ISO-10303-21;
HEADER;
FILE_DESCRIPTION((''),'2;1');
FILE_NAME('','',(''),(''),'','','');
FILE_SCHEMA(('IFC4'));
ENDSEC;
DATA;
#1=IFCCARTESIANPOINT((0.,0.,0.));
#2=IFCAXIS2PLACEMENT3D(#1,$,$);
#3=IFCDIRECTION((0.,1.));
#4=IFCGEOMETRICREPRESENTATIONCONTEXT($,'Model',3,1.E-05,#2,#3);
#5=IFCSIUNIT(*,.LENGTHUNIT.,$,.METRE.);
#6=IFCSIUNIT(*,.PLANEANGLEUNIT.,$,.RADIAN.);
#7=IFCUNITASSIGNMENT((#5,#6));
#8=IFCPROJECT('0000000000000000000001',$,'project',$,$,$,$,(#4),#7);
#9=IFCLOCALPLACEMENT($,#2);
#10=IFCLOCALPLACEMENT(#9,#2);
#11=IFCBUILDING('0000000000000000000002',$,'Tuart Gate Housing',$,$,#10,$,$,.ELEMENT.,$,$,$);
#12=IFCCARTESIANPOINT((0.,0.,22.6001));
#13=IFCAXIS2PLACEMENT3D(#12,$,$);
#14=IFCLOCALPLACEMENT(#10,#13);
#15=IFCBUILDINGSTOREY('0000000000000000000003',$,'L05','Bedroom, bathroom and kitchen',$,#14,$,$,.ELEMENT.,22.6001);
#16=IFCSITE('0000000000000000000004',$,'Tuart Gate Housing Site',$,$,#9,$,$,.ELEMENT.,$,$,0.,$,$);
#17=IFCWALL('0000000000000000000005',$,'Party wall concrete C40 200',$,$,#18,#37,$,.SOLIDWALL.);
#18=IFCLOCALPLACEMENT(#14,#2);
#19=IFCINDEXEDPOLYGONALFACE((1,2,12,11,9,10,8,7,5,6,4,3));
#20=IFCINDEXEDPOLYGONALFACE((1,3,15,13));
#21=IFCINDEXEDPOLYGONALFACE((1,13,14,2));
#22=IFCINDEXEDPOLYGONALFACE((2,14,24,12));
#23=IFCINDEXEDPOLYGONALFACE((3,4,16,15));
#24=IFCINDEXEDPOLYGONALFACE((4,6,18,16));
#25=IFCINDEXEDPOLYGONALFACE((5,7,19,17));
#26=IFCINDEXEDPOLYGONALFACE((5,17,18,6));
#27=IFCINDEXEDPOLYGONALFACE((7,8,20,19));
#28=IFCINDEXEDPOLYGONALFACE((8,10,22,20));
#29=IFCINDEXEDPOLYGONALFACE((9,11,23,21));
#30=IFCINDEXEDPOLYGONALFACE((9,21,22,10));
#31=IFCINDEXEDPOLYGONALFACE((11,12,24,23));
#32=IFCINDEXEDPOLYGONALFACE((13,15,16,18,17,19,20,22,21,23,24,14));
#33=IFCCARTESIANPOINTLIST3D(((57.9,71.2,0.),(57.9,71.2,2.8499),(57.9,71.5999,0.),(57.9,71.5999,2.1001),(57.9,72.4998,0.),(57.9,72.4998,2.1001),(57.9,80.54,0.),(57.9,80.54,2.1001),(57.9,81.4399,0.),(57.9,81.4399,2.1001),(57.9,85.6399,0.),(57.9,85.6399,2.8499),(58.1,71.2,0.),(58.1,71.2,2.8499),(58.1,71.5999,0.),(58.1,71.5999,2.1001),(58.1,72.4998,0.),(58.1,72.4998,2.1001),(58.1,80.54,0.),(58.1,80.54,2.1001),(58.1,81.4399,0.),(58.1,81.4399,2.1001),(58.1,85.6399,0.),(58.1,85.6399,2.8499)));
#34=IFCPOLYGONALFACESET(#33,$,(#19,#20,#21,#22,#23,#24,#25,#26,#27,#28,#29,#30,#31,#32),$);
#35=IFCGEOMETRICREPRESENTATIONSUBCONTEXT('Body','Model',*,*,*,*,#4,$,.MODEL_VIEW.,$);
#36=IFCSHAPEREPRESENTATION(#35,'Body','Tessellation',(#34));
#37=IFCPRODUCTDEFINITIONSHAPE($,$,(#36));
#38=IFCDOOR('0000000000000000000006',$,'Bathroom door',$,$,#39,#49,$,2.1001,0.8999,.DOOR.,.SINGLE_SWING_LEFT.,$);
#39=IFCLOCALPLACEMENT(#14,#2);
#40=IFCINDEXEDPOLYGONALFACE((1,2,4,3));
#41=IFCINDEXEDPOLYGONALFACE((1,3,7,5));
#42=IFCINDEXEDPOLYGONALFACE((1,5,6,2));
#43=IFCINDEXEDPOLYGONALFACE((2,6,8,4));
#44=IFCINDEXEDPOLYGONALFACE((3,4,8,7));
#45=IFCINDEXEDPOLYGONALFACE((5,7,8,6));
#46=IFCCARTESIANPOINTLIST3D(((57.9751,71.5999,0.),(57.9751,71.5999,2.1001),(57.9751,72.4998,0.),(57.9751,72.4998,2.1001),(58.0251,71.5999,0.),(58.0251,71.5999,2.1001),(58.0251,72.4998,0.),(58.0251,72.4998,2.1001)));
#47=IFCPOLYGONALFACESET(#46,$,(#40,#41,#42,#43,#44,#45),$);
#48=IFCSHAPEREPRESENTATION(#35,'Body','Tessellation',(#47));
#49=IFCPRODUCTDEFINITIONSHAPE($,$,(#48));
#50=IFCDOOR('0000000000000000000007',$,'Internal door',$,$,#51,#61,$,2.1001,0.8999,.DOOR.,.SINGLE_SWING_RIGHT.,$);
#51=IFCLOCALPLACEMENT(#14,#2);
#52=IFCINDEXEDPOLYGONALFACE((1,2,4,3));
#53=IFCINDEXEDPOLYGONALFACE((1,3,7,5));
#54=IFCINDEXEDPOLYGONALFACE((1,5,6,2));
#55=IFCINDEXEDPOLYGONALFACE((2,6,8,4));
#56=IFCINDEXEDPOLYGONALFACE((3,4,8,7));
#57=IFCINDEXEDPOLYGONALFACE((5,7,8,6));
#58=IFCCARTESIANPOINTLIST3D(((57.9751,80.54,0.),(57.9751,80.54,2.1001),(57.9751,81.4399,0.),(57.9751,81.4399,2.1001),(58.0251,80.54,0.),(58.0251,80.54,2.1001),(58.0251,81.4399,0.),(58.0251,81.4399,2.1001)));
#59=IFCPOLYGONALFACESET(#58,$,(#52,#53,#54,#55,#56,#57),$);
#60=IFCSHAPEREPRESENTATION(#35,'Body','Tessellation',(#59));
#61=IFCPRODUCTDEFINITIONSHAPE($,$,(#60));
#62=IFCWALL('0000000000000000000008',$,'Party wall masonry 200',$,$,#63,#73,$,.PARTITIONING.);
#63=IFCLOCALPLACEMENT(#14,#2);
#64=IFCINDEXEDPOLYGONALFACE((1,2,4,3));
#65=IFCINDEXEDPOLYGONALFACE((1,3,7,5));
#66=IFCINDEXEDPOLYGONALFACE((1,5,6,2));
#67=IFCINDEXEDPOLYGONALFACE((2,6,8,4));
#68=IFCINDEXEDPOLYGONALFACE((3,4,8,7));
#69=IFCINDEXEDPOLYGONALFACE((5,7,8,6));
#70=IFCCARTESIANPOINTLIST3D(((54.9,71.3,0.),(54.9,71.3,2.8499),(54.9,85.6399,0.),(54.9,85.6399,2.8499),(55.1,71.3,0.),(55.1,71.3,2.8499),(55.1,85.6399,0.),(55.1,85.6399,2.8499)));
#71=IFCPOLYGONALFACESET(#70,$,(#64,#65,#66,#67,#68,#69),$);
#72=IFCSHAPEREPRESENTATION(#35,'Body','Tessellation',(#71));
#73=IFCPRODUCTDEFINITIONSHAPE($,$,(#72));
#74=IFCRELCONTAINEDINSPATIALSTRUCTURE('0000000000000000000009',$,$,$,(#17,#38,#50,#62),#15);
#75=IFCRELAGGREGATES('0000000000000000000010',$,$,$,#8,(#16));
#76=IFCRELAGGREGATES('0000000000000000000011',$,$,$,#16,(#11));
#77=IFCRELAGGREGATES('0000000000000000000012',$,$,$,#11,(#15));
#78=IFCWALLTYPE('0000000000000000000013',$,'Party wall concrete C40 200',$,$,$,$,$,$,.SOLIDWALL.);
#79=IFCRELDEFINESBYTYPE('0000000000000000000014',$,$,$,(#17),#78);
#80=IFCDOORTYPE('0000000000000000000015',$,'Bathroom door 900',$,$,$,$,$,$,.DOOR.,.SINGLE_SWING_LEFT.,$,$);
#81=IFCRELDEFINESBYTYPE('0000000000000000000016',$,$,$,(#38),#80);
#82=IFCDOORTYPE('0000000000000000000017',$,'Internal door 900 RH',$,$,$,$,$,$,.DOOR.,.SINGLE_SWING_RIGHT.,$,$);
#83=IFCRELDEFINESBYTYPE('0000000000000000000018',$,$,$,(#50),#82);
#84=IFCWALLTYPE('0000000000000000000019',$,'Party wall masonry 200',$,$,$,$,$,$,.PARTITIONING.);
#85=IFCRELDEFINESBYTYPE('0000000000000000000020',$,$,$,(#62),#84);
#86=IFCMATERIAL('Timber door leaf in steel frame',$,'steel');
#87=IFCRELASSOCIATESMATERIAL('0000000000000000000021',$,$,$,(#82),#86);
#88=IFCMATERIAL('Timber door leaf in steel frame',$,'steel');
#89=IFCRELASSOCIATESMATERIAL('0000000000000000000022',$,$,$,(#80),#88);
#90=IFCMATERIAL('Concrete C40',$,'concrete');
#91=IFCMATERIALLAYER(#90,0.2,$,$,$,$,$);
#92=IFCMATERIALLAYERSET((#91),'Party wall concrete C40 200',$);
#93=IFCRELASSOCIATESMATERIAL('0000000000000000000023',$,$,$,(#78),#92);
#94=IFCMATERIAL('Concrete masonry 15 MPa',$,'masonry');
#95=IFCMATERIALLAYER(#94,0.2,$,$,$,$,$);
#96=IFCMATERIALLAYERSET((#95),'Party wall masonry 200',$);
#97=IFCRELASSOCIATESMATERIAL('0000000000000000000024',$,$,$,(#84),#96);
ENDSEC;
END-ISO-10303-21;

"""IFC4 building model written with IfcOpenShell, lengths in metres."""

from ifc_helpers import new_model, si_unit, direction, frame, frame_2d, origin, place, context, subcontext, project, spatial, rectangle, extrude, material, layer, layer_set, type_object, element, fill, save


model = new_model("IFC4")

# Units and contexts
model_context = context("Model", 3, precision=1e-05, world=origin(), true_north=direction((0.0, 1.0)))
body_context = subcontext(model_context, "Body", "Model", "MODEL_VIEW")
ifc_project = project(units=[si_unit("LENGTHUNIT", "METRE"), si_unit("PLANEANGLEUNIT", "RADIAN")], contexts=[model_context])

# Site, building, storey
site_placement = place(None, origin())
site = spatial("IfcSite", under=ifc_project, at=site_placement, Name="Tuart Gate Housing Site", CompositionType="ELEMENT", RefElevation=0.0)
building_placement = place(site_placement, origin())
building = spatial("IfcBuilding", under=site, at=building_placement, Name="Tuart Gate Housing", CompositionType="ELEMENT")
storey_placement = place(building_placement, frame((0.0, 0.0, 22.6001)))
storey = spatial("IfcBuildingStorey", under=building, at=storey_placement, Name="L05", Description="Bedroom, bathroom and kitchen", CompositionType="ELEMENT", Elevation=22.6001)

# Shared definitions
ifc_material_1 = material(Name="Timber door leaf in steel frame", Category="steel")
door_type_1 = type_object("IfcDoorType", Name="Internal door 900 RH", OperationType="SINGLE_SWING_RIGHT", PredefinedType="DOOR", material=ifc_material_1)

# Shared definitions
ifc_material_2 = material(Name="Timber door leaf in steel frame", Category="steel")
door_type_2 = type_object("IfcDoorType", Name="Bathroom door 900", OperationType="SINGLE_SWING_LEFT", PredefinedType="DOOR", material=ifc_material_2)

# Shared definitions
ifc_material_3 = material(Name="Concrete C40", Category="concrete")
ifc_layer_1 = layer(ifc_material_3, 0.2)
ifc_layer_set_1 = layer_set([ifc_layer_1], Name="Party wall concrete C40 200")
wall_type_1 = type_object("IfcWallType", Name="Party wall concrete C40 200", PredefinedType="SOLIDWALL", material=ifc_layer_set_1)

# Wall, openings, doors
wall_1_placement = place(storey_placement, frame((58.0, 71.2, 0.0), z_axis=(0.0, 0.0, 1.0), x_axis=(0.0, 1.0, 0.0)))
wall_1 = element("IfcWall", 1, at=wall_1_placement, inside=storey, type_object=wall_type_1, Name="Party wall concrete C40 200", PredefinedType="SOLIDWALL", context=body_context, shape_type="SweptSolid", body=[
    extrude(rectangle(XDim=14.4399, YDim=0.2, at=frame_2d((7.22, 0.0))), origin(), (0.0, 0.0, 1.0), 2.8499),
])
opening_1_placement = place(wall_1_placement, frame((9.3401, 0.0, 0.0)))
opening_1 = element("IfcOpeningElement", 2, at=opening_1_placement, cuts=wall_1, PredefinedType="OPENING", context=body_context, shape_type="SweptSolid", body=[
    extrude(rectangle(XDim=0.8999, YDim=2.1001, at=frame_2d((0.45, 1.05))), frame((0.0, 0.1099, 0.0), z_axis=(0.0, -1.0, 0.0), x_axis=(1.0, 0.0, 0.0)), (0.0, 0.0, 1.0), 0.22),
])
opening_2_placement = place(wall_1_placement, frame((0.3999, 0.0, 0.0)))
opening_2 = element("IfcOpeningElement", 3, at=opening_2_placement, cuts=wall_1, PredefinedType="OPENING", context=body_context, shape_type="SweptSolid", body=[
    extrude(rectangle(XDim=0.8999, YDim=2.1001, at=frame_2d((0.45, 1.05))), frame((0.0, 0.1099, 0.0), z_axis=(0.0, -1.0, 0.0), x_axis=(1.0, 0.0, 0.0)), (0.0, 0.0, 1.0), 0.22),
])
door_1_placement = place(opening_2_placement, origin())
door_1 = element("IfcDoor", 4, at=door_1_placement, inside=storey, type_object=door_type_2, Name="Bathroom door", OperationType="SINGLE_SWING_LEFT", OverallHeight=2.1001, OverallWidth=0.8999, PredefinedType="DOOR", context=body_context, shape_type="SweptSolid", body=[
    extrude(rectangle(XDim=0.8999, YDim=2.1001, at=frame_2d((0.45, 1.05))), frame((0.0, 0.0249, 0.0), z_axis=(0.0, -1.0, 0.0), x_axis=(1.0, 0.0, 0.0)), (0.0, 0.0, 1.0), 0.05),
])
fill(opening_2, door_1)
door_2_placement = place(opening_1_placement, origin())
door_2 = element("IfcDoor", 5, at=door_2_placement, inside=storey, type_object=door_type_1, Name="Internal door", OperationType="SINGLE_SWING_RIGHT", OverallHeight=2.1001, OverallWidth=0.8999, PredefinedType="DOOR", context=body_context, shape_type="SweptSolid", body=[
    extrude(rectangle(XDim=0.8999, YDim=2.1001, at=frame_2d((0.45, 1.05))), frame((0.0, 0.0249, 0.0), z_axis=(0.0, -1.0, 0.0), x_axis=(1.0, 0.0, 0.0)), (0.0, 0.0, 1.0), 0.05),
])
fill(opening_1, door_2)

# Wall
ifc_material_4 = material(Name="Concrete masonry 15 MPa", Category="masonry")
ifc_layer_2 = layer(ifc_material_4, 0.2)
ifc_layer_set_2 = layer_set([ifc_layer_2], Name="Party wall masonry 200")
wall_type_2 = type_object("IfcWallType", Name="Party wall masonry 200", PredefinedType="PARTITIONING", material=ifc_layer_set_2)
wall_2_placement = place(storey_placement, frame((55.0, 71.3, 0.0), z_axis=(0.0, 0.0, 1.0), x_axis=(0.0, 1.0, 0.0)))
element("IfcWall", 6, at=wall_2_placement, inside=storey, type_object=wall_type_2, Name="Party wall masonry 200", PredefinedType="PARTITIONING", context=body_context, shape_type="SweptSolid", body=[
    extrude(rectangle(XDim=14.3398, YDim=0.2, at=frame_2d((7.1699, 0.0))), origin(), (0.0, 0.0, 1.0), 2.8499),
])

save(model, "model.ifc")
